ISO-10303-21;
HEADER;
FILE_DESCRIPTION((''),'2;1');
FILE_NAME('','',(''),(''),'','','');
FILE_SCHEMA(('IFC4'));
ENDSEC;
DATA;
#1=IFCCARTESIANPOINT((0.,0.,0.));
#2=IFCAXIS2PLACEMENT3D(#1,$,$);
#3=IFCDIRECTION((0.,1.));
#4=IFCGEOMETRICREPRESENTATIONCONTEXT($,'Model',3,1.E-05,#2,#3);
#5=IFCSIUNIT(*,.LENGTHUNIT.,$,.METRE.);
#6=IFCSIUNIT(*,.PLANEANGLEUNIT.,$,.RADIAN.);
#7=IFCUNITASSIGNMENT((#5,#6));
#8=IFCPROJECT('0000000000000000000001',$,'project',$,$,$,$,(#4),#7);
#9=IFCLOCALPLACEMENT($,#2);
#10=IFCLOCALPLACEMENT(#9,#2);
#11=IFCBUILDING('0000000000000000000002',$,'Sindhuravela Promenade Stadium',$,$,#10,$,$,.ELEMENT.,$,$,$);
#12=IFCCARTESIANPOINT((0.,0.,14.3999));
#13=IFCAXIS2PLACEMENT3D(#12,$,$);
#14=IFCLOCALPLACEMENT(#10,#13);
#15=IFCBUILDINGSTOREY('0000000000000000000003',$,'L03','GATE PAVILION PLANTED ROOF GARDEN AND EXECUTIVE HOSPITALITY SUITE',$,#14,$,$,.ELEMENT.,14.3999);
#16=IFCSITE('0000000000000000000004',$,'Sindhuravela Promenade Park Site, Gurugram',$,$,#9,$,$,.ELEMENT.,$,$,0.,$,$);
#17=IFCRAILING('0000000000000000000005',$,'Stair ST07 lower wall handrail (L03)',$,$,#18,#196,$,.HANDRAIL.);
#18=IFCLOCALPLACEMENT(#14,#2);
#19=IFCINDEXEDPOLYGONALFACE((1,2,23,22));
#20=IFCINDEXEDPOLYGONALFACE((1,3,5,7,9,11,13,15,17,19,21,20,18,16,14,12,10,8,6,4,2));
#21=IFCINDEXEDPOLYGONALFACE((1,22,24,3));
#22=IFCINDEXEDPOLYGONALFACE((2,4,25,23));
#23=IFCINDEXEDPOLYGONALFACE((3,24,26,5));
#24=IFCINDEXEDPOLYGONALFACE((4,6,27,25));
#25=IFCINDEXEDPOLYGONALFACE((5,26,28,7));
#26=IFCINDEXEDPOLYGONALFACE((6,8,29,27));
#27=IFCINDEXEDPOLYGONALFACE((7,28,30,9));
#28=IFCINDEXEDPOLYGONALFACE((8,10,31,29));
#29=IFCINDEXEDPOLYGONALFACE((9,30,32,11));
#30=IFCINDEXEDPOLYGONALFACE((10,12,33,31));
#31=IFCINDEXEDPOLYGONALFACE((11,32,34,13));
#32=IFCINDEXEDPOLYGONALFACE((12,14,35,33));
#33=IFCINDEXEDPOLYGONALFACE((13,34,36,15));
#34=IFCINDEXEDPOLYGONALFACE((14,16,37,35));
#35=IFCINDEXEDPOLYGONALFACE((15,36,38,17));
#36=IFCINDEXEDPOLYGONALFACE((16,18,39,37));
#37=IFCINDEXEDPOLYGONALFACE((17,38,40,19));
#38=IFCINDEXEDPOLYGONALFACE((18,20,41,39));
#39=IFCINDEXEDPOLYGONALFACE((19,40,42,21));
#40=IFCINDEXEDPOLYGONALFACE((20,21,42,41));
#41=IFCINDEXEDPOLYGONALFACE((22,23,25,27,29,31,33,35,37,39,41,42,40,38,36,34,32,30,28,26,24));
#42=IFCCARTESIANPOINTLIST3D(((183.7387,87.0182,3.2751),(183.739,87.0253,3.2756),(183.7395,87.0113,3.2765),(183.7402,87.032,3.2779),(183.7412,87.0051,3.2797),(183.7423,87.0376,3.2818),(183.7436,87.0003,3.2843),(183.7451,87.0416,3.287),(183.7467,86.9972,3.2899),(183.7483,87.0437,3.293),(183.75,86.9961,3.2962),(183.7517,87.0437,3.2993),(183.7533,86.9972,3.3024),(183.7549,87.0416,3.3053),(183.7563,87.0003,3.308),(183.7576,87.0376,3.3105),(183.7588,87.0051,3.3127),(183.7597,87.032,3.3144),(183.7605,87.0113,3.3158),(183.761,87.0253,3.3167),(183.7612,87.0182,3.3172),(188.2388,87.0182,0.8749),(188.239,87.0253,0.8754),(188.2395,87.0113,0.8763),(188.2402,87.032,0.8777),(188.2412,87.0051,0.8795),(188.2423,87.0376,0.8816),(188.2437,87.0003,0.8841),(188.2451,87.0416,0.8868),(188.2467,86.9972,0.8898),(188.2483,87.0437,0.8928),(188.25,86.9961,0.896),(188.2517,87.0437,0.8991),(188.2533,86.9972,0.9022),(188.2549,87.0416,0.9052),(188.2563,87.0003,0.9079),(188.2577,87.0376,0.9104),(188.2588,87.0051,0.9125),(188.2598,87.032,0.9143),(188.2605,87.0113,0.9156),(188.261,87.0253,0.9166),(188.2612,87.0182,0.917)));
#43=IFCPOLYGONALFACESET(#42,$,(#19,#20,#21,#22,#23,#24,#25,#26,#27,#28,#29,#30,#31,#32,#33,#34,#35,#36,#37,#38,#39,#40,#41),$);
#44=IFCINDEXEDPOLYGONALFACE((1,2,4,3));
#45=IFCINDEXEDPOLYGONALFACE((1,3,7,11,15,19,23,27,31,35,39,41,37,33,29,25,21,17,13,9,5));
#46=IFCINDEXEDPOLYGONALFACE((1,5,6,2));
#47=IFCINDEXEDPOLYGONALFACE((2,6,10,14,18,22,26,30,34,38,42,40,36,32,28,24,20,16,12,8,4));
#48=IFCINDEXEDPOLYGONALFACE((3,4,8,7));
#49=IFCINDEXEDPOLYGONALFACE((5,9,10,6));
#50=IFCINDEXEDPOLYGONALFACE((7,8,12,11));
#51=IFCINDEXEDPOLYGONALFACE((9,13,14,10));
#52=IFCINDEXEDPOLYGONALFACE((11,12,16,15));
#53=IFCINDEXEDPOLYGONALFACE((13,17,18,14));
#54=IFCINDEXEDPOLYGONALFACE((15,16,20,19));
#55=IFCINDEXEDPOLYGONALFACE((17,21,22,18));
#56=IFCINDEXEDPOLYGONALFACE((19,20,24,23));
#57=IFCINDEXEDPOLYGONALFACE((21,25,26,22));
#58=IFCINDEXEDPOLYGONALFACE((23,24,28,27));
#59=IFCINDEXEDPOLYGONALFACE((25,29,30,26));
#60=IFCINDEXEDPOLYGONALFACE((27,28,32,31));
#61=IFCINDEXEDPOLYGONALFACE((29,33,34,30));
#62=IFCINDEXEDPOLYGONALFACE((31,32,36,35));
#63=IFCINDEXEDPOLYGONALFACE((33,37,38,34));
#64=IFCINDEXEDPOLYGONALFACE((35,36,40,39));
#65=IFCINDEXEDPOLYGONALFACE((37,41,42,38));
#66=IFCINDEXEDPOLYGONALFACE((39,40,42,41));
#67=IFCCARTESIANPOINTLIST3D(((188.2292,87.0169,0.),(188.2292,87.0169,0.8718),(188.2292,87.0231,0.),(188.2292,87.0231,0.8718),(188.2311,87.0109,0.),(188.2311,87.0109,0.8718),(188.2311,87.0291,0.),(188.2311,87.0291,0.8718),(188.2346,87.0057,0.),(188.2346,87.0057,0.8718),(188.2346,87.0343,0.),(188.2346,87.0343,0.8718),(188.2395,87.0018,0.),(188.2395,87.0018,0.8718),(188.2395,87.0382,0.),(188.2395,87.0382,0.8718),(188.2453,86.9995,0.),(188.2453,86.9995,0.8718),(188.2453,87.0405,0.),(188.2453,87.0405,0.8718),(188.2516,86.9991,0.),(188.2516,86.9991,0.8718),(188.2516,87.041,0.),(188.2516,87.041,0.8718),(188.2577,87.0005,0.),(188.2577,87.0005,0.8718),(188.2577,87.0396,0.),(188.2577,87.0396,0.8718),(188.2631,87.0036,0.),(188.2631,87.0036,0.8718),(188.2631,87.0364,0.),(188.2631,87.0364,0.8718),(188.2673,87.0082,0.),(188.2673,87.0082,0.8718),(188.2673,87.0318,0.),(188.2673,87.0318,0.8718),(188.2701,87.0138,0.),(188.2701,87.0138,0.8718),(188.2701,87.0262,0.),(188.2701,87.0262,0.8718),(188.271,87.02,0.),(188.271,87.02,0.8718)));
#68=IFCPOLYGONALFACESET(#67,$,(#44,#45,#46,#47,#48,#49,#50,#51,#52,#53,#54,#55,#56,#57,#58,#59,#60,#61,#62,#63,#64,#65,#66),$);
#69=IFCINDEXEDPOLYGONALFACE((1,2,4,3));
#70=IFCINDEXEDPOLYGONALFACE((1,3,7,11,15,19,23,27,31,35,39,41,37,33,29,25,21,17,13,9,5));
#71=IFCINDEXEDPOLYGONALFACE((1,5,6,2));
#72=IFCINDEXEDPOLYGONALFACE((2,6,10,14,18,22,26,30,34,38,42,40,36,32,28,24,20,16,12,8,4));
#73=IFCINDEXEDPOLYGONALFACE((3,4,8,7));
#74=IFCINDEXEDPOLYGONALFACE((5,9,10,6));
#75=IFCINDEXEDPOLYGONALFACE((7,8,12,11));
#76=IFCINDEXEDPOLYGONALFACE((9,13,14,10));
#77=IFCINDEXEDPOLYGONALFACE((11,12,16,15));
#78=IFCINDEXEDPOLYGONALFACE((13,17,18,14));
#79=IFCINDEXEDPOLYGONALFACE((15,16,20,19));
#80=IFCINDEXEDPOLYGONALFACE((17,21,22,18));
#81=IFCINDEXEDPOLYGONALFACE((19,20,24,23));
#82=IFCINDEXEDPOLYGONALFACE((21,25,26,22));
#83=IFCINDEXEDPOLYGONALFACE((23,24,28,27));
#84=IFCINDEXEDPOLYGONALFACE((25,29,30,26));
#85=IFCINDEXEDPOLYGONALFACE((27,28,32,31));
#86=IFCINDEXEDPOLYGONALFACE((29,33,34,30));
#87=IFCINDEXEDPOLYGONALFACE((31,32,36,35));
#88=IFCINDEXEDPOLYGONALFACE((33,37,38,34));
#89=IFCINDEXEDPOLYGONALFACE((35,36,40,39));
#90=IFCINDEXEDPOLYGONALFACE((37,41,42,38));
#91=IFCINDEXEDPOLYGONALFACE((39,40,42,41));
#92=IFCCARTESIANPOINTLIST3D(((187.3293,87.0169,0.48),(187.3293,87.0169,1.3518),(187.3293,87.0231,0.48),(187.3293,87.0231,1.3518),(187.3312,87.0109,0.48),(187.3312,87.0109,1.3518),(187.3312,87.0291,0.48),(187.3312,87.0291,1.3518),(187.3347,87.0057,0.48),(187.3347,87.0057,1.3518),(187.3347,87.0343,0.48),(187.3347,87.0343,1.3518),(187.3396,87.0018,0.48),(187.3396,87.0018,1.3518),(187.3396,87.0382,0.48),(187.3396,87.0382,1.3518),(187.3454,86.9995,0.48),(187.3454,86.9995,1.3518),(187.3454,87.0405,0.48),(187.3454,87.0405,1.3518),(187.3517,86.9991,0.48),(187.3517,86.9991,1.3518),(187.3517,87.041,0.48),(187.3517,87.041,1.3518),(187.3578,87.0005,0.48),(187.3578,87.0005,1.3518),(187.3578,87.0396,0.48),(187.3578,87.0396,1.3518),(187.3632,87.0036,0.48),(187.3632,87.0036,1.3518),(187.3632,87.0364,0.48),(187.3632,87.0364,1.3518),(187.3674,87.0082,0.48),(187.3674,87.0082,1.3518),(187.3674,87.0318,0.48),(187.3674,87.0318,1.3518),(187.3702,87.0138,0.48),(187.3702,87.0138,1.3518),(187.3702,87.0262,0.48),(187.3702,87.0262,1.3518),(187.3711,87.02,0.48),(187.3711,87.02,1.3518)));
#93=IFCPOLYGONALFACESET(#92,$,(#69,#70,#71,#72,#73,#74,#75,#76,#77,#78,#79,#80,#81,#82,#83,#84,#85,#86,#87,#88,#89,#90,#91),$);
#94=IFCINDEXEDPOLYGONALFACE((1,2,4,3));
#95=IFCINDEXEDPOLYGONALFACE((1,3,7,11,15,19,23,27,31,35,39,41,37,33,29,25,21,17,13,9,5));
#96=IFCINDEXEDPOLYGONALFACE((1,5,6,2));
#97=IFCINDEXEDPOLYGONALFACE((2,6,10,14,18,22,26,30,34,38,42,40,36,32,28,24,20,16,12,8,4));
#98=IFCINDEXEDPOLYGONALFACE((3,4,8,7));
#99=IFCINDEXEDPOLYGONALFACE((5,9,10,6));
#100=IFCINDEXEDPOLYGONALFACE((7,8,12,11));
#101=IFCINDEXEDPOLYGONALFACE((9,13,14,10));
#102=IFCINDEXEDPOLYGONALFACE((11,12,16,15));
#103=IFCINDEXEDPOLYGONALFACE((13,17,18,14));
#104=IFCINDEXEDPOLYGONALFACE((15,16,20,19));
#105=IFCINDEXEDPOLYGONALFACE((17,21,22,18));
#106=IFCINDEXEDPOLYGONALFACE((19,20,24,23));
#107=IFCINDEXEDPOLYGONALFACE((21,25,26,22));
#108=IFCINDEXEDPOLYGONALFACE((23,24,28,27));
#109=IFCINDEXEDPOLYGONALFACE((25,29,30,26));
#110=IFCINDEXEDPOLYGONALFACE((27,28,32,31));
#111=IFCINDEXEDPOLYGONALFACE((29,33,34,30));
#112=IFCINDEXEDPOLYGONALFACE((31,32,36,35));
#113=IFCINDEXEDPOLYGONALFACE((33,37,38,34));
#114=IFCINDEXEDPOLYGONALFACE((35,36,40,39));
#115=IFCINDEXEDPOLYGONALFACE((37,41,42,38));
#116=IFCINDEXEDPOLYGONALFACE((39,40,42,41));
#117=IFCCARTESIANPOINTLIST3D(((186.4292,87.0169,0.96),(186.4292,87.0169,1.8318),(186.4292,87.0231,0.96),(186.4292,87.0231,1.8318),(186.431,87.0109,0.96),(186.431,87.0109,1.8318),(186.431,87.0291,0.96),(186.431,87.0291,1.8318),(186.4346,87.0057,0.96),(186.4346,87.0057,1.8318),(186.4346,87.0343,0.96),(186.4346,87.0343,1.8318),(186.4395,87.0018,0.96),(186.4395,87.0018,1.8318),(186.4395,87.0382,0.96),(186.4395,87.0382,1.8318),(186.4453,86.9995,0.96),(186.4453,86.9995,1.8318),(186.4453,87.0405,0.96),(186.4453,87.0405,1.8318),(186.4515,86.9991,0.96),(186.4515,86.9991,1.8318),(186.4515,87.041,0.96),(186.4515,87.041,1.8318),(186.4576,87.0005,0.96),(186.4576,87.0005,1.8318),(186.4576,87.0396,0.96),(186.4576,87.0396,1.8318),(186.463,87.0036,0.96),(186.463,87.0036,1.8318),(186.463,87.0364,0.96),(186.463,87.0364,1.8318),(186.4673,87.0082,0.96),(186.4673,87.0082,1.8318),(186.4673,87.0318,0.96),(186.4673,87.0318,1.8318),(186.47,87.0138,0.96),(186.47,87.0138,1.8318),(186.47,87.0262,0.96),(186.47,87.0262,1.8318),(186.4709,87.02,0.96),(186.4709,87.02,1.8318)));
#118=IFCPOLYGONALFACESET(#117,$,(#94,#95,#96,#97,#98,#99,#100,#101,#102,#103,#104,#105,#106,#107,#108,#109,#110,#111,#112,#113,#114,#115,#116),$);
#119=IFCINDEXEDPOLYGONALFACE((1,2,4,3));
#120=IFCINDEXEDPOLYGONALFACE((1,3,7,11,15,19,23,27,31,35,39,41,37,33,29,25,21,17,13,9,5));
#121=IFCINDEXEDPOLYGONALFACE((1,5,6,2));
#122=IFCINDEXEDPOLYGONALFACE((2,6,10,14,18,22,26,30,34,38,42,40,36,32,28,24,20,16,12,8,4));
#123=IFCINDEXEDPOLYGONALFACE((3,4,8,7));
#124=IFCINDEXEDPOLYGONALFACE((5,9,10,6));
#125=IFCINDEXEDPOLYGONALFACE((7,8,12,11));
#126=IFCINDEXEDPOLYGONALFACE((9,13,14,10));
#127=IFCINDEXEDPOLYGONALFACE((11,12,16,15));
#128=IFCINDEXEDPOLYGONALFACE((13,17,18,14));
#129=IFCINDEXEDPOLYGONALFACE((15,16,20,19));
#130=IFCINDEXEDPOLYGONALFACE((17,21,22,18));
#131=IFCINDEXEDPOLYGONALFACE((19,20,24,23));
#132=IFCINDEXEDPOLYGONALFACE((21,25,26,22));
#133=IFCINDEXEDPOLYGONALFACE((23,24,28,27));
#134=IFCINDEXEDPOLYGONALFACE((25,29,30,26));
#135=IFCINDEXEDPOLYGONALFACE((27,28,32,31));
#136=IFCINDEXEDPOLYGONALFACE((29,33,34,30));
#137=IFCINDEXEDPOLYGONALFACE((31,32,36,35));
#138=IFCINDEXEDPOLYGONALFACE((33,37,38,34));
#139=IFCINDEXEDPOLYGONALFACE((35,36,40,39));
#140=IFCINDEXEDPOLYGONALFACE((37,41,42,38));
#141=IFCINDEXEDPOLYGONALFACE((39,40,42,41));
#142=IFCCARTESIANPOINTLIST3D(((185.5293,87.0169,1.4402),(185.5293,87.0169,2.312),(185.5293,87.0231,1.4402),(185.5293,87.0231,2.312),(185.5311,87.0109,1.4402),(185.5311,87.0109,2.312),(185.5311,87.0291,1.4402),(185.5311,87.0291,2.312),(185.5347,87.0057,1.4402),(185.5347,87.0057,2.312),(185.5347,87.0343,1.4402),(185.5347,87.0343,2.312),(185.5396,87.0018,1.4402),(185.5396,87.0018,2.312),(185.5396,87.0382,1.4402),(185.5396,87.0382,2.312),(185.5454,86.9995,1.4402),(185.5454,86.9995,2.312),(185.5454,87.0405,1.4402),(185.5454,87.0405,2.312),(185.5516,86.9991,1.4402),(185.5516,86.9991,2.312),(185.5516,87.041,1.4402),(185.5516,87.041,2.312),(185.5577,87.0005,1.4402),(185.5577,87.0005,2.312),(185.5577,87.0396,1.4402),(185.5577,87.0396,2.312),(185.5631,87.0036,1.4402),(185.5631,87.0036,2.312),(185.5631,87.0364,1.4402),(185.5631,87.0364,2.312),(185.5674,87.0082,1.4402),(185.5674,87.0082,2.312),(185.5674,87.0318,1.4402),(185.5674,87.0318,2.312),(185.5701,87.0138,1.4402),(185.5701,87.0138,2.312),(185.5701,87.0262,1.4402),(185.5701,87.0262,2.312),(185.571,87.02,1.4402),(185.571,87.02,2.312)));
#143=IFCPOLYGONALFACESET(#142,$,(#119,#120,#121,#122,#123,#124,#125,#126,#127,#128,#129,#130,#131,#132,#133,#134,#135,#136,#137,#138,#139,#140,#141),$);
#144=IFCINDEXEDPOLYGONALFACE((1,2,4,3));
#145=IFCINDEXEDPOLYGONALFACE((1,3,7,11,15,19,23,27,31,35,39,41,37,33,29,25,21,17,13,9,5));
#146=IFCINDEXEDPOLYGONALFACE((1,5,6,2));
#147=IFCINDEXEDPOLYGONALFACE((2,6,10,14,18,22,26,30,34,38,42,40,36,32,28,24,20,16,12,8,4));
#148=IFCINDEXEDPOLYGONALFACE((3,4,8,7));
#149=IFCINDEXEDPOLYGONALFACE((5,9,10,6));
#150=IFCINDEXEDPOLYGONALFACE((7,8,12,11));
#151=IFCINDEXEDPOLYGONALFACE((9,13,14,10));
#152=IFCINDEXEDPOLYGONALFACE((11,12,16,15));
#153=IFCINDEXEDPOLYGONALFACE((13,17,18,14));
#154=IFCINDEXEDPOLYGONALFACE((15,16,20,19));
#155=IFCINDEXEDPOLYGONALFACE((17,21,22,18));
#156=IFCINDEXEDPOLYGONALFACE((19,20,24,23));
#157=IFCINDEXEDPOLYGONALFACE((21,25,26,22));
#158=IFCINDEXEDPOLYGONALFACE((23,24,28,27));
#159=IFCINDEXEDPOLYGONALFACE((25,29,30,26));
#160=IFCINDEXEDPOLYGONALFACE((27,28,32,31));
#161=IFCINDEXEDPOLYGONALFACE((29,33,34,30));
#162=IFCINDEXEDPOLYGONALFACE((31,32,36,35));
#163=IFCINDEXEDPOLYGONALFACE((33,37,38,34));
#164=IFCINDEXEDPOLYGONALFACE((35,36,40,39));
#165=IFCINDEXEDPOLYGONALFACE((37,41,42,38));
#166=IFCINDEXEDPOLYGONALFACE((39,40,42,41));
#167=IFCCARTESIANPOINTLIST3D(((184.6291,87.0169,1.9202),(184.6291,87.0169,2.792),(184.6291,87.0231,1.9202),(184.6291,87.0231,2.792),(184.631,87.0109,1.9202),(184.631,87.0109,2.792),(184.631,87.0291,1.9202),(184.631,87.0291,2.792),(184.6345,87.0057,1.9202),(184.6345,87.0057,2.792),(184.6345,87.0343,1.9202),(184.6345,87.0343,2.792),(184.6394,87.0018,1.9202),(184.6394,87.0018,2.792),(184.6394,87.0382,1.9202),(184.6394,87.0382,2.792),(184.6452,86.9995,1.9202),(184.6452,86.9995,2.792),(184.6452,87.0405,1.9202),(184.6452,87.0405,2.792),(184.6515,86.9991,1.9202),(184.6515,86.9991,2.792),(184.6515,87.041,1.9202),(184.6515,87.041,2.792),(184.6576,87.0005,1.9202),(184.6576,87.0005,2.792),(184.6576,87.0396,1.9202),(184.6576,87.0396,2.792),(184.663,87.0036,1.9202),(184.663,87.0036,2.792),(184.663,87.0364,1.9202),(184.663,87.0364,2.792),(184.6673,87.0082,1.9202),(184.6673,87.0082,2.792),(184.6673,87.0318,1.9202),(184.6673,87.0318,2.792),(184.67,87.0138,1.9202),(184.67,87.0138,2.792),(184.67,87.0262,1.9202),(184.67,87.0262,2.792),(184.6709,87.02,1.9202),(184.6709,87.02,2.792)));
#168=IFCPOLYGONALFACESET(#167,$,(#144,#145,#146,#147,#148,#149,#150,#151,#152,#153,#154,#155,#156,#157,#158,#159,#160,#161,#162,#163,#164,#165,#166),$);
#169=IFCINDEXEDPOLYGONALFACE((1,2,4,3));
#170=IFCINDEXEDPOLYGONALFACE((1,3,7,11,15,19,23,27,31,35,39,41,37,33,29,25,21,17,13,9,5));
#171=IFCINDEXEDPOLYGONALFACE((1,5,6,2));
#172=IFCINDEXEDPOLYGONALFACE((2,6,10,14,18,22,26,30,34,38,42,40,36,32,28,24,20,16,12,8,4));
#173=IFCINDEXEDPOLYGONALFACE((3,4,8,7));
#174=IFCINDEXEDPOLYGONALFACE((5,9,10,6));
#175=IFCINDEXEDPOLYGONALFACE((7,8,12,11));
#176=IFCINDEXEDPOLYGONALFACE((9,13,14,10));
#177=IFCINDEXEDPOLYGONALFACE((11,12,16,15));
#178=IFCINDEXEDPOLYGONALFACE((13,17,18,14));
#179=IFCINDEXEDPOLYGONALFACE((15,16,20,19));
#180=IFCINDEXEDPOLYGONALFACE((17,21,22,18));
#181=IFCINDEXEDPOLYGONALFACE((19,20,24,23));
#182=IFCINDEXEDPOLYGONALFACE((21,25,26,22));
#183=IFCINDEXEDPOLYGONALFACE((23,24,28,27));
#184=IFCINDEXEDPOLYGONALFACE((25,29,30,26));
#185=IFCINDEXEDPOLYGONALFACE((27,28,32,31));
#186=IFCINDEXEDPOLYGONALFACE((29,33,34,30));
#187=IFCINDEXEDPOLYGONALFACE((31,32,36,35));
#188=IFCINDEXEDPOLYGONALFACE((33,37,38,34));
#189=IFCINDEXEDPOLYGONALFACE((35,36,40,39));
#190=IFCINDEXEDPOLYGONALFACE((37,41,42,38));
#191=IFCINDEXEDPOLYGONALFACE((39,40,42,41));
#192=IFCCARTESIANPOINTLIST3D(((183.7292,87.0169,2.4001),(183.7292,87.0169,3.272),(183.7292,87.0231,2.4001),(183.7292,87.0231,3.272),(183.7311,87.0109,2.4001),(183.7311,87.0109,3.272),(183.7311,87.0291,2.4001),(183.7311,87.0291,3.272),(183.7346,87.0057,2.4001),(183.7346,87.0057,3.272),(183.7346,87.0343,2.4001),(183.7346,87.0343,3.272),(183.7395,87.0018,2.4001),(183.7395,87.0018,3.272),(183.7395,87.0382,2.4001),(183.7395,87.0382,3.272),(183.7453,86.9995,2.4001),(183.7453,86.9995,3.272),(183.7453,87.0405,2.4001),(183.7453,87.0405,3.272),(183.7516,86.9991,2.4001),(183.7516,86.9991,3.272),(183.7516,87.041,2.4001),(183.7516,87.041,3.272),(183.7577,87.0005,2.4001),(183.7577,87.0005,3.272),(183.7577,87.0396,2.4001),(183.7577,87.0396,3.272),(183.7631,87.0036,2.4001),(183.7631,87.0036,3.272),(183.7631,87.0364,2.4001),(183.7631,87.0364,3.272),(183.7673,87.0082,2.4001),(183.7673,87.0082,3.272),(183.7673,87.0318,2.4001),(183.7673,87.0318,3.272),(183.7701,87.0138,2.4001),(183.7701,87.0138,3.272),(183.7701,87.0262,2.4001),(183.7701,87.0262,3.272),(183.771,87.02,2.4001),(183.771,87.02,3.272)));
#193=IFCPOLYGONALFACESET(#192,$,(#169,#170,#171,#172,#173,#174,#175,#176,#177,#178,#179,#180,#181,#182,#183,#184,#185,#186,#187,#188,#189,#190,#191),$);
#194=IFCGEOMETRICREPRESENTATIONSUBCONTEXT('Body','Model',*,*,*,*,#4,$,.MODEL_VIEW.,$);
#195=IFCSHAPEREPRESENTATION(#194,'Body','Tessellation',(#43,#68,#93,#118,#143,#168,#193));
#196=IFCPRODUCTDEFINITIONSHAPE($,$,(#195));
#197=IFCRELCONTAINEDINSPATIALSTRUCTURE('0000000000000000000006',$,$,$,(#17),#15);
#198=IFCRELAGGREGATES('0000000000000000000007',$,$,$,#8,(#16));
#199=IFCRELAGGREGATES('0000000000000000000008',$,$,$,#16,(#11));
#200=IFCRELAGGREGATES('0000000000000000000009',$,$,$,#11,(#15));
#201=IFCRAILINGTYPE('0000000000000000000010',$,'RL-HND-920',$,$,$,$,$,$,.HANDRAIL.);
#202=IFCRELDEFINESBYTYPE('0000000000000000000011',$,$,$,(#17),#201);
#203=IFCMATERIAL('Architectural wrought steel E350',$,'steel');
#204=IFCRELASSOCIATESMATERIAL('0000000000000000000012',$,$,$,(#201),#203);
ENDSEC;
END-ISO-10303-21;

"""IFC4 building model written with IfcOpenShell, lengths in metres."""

from ifc_helpers import new_model, si_unit, direction, frame, origin, origin_2d, place, context, subcontext, project, spatial, circle, extrude, material, type_object, element, save


model = new_model("IFC4")

# Units and contexts
model_context = context("Model", 3, precision=1e-05, world=origin(), true_north=direction((0.0, 1.0)))
body_context = subcontext(model_context, "Body", "Model", "MODEL_VIEW")
ifc_project = project(units=[si_unit("LENGTHUNIT", "METRE"), si_unit("PLANEANGLEUNIT", "RADIAN")], contexts=[model_context])

# Site, building, storey
site_placement = place(None, origin())
site = spatial("IfcSite", under=ifc_project, at=site_placement, Name="Sindhuravela Promenade Park Site, Gurugram", CompositionType="ELEMENT", RefElevation=0.0)
building_placement = place(site_placement, origin())
building = spatial("IfcBuilding", under=site, at=building_placement, Name="Sindhuravela Promenade Stadium", CompositionType="ELEMENT")
storey_placement = place(building_placement, frame((0.0, 0.0, 14.3999)))
storey = spatial("IfcBuildingStorey", under=building, at=storey_placement, Name="L03", Description="GATE PAVILION PLANTED ROOF GARDEN AND EXECUTIVE HOSPITALITY SUITE", CompositionType="ELEMENT", Elevation=14.3999)

# Shared definitions
ifc_material_1 = material(Name="Architectural wrought steel E350", Category="steel")

# Railing
railing_type_1 = type_object("IfcRailingType", Name="RL-HND-920", PredefinedType="HANDRAIL", material=ifc_material_1)
railing_1_placement = place(storey_placement, frame((188.25, 87.02, 0.0)))
element("IfcRailing", 1, at=railing_1_placement, inside=storey, type_object=railing_type_1, Name="Stair ST07 lower wall handrail (L03)", PredefinedType="HANDRAIL", context=body_context, shape_type="SweptSolid", body=[
    extrude(circle(Radius=0.0239, at=origin_2d()), frame((0.0, 0.0, 0.896), z_axis=(-0.882341, 0.0, 0.470611), x_axis=(0.0, -1.0, 0.0)), (0.0, 0.0, 1.0), 5.1001),
    extrude(circle(Radius=0.021, at=origin_2d()), origin(), (0.0, 0.0, 1.0), 0.8718),
    extrude(circle(Radius=0.021, at=origin_2d()), frame((-0.8999, 0.0, 0.48)), (0.0, 0.0, 1.0), 0.8718),
    extrude(circle(Radius=0.021, at=origin_2d()), frame((-1.8, 0.0, 0.96)), (0.0, 0.0, 1.0), 0.8718),
    extrude(circle(Radius=0.021, at=origin_2d()), frame((-2.7, 0.0, 1.4402)), (0.0, 0.0, 1.0), 0.8718),
    extrude(circle(Radius=0.021, at=origin_2d()), frame((-3.6001, 0.0, 1.9202)), (0.0, 0.0, 1.0), 0.8718),
    extrude(circle(Radius=0.021, at=origin_2d()), frame((-4.5, 0.0, 2.4001)), (0.0, 0.0, 1.0), 0.8718),
])

save(model, "model.ifc")
